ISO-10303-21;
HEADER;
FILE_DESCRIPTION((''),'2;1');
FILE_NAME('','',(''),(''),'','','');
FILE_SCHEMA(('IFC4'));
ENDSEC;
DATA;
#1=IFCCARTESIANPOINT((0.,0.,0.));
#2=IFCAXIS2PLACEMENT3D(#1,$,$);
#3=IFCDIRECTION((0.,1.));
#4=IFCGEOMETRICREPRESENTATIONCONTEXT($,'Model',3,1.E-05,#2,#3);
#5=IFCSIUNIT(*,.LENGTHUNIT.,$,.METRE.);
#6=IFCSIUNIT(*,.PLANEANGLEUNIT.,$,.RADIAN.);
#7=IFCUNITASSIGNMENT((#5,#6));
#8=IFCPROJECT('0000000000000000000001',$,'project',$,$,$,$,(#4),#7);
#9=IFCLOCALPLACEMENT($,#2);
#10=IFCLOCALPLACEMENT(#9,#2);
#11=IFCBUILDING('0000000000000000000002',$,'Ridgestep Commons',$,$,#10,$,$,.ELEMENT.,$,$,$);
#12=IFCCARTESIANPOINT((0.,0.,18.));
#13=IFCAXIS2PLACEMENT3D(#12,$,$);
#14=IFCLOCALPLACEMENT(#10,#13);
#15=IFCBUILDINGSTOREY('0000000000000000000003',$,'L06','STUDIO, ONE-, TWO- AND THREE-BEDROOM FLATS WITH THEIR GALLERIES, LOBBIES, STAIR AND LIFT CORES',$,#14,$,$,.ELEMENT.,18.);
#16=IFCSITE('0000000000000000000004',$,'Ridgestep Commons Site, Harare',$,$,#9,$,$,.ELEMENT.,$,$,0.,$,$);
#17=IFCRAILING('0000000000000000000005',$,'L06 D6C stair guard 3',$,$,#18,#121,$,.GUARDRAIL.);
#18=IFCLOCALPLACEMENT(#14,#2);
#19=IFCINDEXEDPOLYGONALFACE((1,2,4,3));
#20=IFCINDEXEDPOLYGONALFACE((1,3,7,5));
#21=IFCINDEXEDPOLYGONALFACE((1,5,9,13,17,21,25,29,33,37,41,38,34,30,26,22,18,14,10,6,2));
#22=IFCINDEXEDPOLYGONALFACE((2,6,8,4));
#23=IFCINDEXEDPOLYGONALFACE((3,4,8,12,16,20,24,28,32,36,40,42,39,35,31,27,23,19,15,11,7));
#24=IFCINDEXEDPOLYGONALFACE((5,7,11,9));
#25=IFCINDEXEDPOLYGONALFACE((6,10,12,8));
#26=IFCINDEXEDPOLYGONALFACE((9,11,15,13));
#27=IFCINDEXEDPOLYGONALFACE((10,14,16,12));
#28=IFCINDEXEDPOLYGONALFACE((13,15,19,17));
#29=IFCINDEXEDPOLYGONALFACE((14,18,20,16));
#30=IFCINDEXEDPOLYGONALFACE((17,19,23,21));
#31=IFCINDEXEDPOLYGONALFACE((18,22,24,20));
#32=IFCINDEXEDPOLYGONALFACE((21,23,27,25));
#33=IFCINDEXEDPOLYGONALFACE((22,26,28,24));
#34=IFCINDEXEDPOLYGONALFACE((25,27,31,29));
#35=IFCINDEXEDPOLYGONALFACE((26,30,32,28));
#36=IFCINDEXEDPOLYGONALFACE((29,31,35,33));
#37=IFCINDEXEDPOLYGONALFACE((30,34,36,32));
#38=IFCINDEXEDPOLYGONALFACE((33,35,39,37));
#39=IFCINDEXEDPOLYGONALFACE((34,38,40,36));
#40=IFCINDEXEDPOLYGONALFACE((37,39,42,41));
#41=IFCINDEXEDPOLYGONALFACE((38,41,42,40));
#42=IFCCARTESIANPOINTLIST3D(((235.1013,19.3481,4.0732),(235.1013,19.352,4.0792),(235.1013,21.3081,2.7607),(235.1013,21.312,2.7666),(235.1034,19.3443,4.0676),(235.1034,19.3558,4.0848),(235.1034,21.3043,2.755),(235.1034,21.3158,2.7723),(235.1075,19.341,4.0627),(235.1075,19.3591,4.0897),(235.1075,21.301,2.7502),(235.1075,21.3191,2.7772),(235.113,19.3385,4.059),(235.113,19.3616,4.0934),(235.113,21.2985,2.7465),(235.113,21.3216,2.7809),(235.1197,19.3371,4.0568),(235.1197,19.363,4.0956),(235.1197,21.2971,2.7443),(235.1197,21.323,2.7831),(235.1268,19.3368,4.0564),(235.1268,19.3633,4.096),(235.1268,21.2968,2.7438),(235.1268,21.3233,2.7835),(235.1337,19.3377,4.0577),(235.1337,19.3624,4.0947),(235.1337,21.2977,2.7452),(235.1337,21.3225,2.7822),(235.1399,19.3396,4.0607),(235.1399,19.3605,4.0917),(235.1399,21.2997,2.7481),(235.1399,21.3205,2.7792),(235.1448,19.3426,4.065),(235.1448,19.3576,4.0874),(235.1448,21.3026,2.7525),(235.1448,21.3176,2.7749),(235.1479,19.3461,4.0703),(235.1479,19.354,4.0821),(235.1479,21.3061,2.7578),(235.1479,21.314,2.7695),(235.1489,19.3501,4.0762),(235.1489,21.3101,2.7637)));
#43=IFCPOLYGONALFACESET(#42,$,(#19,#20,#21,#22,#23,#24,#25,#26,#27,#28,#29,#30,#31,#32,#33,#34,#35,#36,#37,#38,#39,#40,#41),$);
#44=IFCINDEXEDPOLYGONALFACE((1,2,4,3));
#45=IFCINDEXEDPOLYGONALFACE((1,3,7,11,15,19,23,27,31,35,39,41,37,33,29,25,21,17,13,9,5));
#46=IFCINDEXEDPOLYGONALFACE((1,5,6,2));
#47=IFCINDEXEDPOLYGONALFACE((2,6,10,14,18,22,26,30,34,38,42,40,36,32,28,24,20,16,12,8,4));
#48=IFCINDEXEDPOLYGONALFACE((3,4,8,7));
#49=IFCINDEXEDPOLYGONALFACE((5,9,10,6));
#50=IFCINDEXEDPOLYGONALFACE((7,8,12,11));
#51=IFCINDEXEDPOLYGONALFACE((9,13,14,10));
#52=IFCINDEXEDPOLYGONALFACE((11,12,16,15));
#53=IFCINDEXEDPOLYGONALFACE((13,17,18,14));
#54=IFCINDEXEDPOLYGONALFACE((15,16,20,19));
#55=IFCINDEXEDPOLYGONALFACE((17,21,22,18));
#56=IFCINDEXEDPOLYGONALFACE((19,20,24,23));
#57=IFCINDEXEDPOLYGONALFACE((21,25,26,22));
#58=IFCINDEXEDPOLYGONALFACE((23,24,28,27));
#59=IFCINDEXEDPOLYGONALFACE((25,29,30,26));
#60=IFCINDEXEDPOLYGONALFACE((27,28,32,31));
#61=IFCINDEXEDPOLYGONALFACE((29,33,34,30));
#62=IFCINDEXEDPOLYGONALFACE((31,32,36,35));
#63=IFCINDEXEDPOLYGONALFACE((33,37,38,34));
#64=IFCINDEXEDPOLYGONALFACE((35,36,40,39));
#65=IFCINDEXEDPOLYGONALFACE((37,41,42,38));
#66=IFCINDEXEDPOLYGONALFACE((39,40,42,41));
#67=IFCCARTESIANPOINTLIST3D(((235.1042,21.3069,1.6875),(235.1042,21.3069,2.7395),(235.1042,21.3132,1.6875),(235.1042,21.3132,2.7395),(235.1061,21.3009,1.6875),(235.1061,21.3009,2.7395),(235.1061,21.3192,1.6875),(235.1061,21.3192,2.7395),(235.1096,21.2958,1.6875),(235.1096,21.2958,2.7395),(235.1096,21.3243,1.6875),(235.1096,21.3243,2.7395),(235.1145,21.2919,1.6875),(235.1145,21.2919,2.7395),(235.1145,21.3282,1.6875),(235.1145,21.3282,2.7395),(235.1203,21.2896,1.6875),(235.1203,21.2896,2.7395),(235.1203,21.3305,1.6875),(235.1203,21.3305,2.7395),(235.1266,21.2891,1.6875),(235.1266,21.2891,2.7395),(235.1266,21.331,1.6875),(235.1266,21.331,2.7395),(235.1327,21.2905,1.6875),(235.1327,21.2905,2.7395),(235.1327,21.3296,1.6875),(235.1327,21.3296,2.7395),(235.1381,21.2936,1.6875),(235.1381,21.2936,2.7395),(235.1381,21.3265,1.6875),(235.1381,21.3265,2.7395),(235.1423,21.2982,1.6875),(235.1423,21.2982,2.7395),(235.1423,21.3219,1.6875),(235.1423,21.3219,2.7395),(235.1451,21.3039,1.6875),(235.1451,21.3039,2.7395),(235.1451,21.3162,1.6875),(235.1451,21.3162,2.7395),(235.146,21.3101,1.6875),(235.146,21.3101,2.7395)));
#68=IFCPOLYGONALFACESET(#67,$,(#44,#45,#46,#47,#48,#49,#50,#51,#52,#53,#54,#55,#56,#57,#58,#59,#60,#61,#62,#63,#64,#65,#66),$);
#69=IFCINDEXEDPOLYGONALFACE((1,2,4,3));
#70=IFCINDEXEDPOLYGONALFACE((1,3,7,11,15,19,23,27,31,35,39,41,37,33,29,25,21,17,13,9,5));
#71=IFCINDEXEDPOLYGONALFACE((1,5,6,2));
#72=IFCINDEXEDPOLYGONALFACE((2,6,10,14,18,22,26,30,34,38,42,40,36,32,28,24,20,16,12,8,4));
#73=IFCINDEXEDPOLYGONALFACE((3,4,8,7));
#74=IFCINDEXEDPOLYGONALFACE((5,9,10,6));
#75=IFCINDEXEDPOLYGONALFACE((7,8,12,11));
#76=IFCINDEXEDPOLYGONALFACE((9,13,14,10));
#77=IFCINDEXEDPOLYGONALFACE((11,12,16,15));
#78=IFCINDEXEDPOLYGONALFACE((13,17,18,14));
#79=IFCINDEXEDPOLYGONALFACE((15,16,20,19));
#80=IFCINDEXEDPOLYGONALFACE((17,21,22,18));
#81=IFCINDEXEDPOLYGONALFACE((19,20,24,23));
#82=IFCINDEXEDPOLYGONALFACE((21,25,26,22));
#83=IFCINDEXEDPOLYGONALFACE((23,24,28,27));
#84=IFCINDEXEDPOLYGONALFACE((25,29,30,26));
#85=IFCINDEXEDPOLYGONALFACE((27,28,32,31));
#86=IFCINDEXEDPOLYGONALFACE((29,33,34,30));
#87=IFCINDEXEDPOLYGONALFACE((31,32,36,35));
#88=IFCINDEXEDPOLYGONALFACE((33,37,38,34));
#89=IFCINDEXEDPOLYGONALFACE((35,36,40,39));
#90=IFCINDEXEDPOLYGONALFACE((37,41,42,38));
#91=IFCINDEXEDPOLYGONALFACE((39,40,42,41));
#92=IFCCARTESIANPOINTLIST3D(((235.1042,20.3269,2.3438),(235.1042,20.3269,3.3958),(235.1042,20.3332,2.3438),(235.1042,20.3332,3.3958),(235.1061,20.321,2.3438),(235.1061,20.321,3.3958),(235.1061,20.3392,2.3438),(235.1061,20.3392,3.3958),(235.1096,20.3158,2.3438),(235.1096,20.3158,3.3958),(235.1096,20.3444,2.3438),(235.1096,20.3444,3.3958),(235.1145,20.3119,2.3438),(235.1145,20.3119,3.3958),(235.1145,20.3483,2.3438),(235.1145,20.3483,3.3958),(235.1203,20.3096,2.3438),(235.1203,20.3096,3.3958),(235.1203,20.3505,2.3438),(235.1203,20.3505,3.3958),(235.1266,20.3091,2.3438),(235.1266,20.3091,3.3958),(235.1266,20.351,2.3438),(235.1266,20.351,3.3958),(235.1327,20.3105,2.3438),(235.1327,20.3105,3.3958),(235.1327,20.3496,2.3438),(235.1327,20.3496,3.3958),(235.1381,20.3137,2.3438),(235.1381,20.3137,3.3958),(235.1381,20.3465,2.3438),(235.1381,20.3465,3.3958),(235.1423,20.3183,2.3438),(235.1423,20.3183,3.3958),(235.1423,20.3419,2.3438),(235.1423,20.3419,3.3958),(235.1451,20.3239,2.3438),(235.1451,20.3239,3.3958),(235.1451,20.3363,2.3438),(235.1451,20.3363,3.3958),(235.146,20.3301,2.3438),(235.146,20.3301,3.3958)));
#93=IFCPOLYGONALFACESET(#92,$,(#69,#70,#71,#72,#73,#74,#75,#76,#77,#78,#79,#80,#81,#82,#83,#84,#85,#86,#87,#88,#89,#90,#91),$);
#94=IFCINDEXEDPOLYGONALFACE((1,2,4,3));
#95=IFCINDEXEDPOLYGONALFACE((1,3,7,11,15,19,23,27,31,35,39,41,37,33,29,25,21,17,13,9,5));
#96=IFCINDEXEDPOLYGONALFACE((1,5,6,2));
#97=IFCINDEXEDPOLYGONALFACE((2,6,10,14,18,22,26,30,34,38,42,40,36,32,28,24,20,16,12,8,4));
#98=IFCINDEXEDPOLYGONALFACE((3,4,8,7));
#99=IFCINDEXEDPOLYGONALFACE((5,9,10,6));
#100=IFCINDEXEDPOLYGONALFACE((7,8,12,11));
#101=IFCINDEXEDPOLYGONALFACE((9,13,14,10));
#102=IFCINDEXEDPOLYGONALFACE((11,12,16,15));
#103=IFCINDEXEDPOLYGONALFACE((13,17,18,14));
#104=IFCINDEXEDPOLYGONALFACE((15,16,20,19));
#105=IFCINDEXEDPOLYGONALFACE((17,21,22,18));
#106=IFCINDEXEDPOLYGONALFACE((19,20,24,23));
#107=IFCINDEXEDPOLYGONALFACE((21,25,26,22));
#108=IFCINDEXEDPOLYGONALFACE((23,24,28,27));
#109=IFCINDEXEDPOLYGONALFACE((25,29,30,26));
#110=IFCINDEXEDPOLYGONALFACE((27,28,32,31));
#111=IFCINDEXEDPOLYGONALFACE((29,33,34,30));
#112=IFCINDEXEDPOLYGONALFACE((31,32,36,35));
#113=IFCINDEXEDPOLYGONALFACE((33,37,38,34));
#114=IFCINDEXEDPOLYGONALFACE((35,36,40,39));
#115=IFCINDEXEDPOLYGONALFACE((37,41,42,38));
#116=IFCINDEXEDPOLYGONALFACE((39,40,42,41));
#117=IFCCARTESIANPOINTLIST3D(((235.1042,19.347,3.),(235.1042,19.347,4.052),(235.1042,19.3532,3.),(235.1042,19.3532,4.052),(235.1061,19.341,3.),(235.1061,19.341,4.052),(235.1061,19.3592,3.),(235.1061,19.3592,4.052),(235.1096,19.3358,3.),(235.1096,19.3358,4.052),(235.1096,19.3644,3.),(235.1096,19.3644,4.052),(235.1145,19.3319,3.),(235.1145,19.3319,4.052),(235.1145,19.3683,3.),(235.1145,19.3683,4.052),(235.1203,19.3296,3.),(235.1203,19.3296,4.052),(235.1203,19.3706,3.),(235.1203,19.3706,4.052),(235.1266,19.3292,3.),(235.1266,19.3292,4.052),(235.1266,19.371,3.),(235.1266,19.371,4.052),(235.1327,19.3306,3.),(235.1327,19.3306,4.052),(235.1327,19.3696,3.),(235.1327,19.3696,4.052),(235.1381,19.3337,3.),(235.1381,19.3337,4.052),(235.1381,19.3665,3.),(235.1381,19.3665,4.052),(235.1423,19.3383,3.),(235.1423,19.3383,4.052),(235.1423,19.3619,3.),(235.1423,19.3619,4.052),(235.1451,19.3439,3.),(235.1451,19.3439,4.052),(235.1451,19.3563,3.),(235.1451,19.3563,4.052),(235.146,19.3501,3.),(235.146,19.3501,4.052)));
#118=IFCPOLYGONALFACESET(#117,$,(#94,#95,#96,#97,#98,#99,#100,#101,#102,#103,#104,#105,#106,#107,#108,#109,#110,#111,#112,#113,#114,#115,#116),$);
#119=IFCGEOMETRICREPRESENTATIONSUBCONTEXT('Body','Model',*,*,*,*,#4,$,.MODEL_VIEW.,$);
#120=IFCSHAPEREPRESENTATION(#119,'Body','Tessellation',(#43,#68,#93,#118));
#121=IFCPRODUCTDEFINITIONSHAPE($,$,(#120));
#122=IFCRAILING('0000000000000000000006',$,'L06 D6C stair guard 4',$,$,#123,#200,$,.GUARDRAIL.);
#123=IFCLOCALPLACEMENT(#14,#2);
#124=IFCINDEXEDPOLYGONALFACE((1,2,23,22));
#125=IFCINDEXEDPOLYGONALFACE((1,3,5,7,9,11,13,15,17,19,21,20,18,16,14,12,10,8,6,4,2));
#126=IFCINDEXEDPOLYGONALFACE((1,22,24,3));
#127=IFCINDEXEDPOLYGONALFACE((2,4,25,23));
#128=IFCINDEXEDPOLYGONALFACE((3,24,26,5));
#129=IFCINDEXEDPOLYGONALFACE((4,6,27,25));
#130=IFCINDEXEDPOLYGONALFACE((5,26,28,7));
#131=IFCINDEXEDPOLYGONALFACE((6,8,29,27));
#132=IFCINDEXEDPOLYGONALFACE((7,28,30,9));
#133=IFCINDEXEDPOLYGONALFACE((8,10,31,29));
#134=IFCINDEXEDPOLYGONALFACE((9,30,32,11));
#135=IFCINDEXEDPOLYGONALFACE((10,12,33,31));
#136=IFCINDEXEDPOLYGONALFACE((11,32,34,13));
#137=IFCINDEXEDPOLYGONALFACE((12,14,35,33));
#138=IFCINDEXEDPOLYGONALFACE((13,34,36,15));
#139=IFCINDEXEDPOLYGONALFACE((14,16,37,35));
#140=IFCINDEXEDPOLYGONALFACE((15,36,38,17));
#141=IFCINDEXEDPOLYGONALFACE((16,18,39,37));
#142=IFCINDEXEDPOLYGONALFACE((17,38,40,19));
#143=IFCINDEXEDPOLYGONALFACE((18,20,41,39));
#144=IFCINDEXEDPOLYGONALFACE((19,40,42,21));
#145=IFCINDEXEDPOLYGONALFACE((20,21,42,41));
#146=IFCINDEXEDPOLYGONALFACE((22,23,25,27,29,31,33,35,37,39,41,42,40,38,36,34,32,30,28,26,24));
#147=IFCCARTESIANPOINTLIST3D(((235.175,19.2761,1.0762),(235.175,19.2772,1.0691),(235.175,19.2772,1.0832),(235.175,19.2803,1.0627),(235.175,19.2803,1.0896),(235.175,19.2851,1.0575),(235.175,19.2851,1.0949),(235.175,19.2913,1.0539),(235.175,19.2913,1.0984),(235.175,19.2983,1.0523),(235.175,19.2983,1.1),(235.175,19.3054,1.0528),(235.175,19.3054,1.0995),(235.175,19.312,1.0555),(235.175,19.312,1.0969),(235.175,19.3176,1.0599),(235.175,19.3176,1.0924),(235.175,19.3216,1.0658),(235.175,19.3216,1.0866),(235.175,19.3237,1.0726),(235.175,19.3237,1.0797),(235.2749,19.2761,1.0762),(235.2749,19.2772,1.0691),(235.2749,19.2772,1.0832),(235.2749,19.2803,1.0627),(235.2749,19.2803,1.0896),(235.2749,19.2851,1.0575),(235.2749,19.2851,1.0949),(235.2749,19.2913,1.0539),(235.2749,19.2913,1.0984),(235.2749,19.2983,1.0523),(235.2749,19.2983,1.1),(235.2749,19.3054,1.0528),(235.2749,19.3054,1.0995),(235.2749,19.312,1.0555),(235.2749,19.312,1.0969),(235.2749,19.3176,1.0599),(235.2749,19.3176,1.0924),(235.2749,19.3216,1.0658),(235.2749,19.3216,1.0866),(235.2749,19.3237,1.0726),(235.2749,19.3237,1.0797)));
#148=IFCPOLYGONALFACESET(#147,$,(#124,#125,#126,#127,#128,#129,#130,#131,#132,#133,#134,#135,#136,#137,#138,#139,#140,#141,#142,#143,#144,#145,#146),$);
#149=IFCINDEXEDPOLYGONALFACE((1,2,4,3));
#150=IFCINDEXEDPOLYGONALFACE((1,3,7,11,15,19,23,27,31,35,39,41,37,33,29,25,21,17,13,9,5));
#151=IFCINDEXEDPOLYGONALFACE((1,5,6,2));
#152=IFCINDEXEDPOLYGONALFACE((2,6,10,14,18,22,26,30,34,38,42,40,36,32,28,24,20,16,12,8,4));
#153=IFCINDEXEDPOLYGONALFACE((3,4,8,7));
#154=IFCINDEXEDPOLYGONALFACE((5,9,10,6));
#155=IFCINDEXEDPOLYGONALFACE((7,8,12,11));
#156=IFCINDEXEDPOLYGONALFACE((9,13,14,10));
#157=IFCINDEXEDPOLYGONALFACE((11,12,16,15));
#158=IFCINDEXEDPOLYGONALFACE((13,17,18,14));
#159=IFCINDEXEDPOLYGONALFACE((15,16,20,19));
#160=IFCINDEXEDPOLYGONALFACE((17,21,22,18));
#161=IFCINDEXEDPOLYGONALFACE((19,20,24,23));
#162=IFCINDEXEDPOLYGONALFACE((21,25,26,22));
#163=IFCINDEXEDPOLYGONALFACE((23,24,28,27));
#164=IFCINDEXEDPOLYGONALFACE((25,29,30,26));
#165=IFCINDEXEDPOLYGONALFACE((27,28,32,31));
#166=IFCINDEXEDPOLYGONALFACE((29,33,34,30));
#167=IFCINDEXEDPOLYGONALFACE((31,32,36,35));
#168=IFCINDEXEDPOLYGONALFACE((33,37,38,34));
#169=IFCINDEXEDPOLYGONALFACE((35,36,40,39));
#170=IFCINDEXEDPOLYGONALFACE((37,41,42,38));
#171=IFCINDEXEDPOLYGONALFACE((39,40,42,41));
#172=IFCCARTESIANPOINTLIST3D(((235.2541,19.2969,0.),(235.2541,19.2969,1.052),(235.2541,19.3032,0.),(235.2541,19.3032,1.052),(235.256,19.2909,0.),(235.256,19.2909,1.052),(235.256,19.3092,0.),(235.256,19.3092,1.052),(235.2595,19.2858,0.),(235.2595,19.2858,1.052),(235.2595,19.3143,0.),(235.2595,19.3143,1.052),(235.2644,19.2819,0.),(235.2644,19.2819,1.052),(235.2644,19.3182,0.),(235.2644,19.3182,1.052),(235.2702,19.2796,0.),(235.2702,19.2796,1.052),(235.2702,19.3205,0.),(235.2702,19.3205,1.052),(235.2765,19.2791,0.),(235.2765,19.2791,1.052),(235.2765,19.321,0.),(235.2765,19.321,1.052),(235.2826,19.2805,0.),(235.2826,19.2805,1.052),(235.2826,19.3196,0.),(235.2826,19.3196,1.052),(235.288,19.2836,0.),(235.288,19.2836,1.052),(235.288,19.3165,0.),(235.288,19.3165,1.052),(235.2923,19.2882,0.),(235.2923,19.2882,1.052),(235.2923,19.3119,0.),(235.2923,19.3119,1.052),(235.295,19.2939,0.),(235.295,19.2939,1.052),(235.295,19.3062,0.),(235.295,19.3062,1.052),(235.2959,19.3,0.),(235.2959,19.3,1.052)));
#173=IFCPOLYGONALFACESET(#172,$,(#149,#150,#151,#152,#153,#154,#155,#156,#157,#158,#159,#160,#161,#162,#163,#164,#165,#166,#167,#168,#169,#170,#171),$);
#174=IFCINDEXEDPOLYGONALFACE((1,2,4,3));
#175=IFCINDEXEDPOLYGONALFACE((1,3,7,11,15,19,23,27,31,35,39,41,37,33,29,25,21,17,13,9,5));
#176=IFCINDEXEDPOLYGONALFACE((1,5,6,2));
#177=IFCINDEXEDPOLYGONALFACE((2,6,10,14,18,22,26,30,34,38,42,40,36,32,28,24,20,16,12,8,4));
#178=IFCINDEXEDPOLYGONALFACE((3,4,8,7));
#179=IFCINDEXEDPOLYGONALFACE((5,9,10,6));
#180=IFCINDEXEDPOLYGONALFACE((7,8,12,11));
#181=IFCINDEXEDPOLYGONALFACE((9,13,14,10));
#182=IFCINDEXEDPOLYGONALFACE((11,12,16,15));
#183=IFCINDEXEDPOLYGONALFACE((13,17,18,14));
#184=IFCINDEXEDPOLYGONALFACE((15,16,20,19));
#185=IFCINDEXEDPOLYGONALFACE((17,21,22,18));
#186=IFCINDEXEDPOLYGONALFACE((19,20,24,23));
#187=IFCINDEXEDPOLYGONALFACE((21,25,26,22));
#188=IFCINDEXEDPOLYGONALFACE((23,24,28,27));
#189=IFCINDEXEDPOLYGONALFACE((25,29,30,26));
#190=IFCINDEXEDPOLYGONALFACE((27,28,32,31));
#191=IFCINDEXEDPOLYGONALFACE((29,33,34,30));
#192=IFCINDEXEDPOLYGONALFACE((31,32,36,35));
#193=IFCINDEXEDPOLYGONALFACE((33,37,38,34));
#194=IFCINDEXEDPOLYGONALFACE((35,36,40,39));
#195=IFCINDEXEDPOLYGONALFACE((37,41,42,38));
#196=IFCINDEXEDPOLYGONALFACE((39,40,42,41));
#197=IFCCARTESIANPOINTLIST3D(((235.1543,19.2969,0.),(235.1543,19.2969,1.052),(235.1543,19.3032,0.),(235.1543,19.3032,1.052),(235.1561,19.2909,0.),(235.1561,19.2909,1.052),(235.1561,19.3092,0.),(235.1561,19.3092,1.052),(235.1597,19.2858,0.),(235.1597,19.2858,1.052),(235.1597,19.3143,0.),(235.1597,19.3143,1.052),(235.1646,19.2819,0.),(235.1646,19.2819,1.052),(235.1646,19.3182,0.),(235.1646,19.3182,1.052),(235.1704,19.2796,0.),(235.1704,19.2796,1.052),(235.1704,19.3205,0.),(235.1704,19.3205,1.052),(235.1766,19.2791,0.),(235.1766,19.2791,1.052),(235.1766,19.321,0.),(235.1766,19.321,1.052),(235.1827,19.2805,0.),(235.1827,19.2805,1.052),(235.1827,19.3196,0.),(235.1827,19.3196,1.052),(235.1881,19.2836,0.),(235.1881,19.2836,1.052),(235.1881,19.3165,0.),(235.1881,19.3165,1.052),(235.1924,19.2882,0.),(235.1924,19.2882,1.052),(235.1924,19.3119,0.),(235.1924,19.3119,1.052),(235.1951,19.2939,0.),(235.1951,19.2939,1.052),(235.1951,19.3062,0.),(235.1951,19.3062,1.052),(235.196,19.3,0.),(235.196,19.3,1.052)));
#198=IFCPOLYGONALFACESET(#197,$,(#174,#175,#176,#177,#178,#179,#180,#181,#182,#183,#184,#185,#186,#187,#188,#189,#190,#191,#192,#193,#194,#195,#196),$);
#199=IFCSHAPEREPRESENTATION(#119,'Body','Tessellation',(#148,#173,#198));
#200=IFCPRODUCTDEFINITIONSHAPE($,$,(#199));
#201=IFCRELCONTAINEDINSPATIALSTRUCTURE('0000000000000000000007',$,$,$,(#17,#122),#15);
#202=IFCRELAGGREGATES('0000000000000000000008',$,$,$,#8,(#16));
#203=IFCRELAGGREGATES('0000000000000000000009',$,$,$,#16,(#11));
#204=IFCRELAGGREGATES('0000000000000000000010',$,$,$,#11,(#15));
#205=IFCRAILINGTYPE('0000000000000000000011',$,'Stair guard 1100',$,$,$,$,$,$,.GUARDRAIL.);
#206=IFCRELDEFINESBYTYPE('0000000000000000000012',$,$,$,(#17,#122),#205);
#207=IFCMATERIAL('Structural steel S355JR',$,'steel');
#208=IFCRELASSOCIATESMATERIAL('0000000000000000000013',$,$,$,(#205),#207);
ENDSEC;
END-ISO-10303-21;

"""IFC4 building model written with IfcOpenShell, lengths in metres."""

from ifc_helpers import new_model, si_unit, direction, frame, origin, origin_2d, place, context, subcontext, project, spatial, circle, extrude, material, type_object, element, save


model = new_model("IFC4")

# Units and contexts
model_context = context("Model", 3, precision=1e-05, world=origin(), true_north=direction((0.0, 1.0)))
body_context = subcontext(model_context, "Body", "Model", "MODEL_VIEW")
ifc_project = project(units=[si_unit("LENGTHUNIT", "METRE"), si_unit("PLANEANGLEUNIT", "RADIAN")], contexts=[model_context])

# Site, building, storey
site_placement = place(None, origin())
site = spatial("IfcSite", under=ifc_project, at=site_placement, Name="Ridgestep Commons Site, Harare", CompositionType="ELEMENT", RefElevation=0.0)
building_placement = place(site_placement, origin())
building = spatial("IfcBuilding", under=site, at=building_placement, Name="Ridgestep Commons", CompositionType="ELEMENT")
storey_placement = place(building_placement, frame((0.0, 0.0, 18.0)))
storey = spatial("IfcBuildingStorey", under=building, at=storey_placement, Name="L06", Description="STUDIO, ONE-, TWO- AND THREE-BEDROOM FLATS WITH THEIR GALLERIES, LOBBIES, STAIR AND LIFT CORES", CompositionType="ELEMENT", Elevation=18.0)

# Railings
ifc_material_1 = material(Name="Structural steel S355JR", Category="steel")
railing_type_1 = type_object("IfcRailingType", Name="Stair guard 1100", PredefinedType="GUARDRAIL", material=ifc_material_1)
railing_1_placement = place(storey_placement, frame((235.125, 21.3101, 1.6875)))
element("IfcRailing", 1, at=railing_1_placement, inside=storey, type_object=railing_type_1, Name="L06 D6C stair guard 3", PredefinedType="GUARDRAIL", context=body_context, shape_type="SweptSolid", body=[
    extrude(circle(Radius=0.0239, at=origin_2d()), frame((0.0, 0.0, 1.0762), z_axis=(0.0, -0.830902, 0.556419), x_axis=(1.0, 0.0, 0.0)), (0.0, 0.0, 1.0), 2.3589),
    extrude(circle(Radius=0.021, at=origin_2d()), origin(), (0.0, 0.0, 1.0), 1.052),
    extrude(circle(Radius=0.021, at=origin_2d()), frame((0.0, -0.98, 0.6562)), (0.0, 0.0, 1.0), 1.052),
    extrude(circle(Radius=0.021, at=origin_2d()), frame((0.0, -1.96, 1.3125)), (0.0, 0.0, 1.0), 1.052),
])
railing_2_placement = place(storey_placement, frame((235.2749, 19.3, 0.0)))
element("IfcRailing", 2, at=railing_2_placement, inside=storey, type_object=railing_type_1, Name="L06 D6C stair guard 4", PredefinedType="GUARDRAIL", context=body_context, shape_type="SweptSolid", body=[
    extrude(circle(Radius=0.0239, at=origin_2d()), frame((0.0, 0.0, 1.0762), z_axis=(-1.0, 0.0, 0.0), x_axis=(0.0, -1.0, 0.0)), (0.0, 0.0, 1.0), 0.0999),
    extrude(circle(Radius=0.021, at=origin_2d()), origin(), (0.0, 0.0, 1.0), 1.052),
    extrude(circle(Radius=0.021, at=origin_2d()), frame((-0.0999, 0.0, 0.0)), (0.0, 0.0, 1.0), 1.052),
])

save(model, "model.ifc")
